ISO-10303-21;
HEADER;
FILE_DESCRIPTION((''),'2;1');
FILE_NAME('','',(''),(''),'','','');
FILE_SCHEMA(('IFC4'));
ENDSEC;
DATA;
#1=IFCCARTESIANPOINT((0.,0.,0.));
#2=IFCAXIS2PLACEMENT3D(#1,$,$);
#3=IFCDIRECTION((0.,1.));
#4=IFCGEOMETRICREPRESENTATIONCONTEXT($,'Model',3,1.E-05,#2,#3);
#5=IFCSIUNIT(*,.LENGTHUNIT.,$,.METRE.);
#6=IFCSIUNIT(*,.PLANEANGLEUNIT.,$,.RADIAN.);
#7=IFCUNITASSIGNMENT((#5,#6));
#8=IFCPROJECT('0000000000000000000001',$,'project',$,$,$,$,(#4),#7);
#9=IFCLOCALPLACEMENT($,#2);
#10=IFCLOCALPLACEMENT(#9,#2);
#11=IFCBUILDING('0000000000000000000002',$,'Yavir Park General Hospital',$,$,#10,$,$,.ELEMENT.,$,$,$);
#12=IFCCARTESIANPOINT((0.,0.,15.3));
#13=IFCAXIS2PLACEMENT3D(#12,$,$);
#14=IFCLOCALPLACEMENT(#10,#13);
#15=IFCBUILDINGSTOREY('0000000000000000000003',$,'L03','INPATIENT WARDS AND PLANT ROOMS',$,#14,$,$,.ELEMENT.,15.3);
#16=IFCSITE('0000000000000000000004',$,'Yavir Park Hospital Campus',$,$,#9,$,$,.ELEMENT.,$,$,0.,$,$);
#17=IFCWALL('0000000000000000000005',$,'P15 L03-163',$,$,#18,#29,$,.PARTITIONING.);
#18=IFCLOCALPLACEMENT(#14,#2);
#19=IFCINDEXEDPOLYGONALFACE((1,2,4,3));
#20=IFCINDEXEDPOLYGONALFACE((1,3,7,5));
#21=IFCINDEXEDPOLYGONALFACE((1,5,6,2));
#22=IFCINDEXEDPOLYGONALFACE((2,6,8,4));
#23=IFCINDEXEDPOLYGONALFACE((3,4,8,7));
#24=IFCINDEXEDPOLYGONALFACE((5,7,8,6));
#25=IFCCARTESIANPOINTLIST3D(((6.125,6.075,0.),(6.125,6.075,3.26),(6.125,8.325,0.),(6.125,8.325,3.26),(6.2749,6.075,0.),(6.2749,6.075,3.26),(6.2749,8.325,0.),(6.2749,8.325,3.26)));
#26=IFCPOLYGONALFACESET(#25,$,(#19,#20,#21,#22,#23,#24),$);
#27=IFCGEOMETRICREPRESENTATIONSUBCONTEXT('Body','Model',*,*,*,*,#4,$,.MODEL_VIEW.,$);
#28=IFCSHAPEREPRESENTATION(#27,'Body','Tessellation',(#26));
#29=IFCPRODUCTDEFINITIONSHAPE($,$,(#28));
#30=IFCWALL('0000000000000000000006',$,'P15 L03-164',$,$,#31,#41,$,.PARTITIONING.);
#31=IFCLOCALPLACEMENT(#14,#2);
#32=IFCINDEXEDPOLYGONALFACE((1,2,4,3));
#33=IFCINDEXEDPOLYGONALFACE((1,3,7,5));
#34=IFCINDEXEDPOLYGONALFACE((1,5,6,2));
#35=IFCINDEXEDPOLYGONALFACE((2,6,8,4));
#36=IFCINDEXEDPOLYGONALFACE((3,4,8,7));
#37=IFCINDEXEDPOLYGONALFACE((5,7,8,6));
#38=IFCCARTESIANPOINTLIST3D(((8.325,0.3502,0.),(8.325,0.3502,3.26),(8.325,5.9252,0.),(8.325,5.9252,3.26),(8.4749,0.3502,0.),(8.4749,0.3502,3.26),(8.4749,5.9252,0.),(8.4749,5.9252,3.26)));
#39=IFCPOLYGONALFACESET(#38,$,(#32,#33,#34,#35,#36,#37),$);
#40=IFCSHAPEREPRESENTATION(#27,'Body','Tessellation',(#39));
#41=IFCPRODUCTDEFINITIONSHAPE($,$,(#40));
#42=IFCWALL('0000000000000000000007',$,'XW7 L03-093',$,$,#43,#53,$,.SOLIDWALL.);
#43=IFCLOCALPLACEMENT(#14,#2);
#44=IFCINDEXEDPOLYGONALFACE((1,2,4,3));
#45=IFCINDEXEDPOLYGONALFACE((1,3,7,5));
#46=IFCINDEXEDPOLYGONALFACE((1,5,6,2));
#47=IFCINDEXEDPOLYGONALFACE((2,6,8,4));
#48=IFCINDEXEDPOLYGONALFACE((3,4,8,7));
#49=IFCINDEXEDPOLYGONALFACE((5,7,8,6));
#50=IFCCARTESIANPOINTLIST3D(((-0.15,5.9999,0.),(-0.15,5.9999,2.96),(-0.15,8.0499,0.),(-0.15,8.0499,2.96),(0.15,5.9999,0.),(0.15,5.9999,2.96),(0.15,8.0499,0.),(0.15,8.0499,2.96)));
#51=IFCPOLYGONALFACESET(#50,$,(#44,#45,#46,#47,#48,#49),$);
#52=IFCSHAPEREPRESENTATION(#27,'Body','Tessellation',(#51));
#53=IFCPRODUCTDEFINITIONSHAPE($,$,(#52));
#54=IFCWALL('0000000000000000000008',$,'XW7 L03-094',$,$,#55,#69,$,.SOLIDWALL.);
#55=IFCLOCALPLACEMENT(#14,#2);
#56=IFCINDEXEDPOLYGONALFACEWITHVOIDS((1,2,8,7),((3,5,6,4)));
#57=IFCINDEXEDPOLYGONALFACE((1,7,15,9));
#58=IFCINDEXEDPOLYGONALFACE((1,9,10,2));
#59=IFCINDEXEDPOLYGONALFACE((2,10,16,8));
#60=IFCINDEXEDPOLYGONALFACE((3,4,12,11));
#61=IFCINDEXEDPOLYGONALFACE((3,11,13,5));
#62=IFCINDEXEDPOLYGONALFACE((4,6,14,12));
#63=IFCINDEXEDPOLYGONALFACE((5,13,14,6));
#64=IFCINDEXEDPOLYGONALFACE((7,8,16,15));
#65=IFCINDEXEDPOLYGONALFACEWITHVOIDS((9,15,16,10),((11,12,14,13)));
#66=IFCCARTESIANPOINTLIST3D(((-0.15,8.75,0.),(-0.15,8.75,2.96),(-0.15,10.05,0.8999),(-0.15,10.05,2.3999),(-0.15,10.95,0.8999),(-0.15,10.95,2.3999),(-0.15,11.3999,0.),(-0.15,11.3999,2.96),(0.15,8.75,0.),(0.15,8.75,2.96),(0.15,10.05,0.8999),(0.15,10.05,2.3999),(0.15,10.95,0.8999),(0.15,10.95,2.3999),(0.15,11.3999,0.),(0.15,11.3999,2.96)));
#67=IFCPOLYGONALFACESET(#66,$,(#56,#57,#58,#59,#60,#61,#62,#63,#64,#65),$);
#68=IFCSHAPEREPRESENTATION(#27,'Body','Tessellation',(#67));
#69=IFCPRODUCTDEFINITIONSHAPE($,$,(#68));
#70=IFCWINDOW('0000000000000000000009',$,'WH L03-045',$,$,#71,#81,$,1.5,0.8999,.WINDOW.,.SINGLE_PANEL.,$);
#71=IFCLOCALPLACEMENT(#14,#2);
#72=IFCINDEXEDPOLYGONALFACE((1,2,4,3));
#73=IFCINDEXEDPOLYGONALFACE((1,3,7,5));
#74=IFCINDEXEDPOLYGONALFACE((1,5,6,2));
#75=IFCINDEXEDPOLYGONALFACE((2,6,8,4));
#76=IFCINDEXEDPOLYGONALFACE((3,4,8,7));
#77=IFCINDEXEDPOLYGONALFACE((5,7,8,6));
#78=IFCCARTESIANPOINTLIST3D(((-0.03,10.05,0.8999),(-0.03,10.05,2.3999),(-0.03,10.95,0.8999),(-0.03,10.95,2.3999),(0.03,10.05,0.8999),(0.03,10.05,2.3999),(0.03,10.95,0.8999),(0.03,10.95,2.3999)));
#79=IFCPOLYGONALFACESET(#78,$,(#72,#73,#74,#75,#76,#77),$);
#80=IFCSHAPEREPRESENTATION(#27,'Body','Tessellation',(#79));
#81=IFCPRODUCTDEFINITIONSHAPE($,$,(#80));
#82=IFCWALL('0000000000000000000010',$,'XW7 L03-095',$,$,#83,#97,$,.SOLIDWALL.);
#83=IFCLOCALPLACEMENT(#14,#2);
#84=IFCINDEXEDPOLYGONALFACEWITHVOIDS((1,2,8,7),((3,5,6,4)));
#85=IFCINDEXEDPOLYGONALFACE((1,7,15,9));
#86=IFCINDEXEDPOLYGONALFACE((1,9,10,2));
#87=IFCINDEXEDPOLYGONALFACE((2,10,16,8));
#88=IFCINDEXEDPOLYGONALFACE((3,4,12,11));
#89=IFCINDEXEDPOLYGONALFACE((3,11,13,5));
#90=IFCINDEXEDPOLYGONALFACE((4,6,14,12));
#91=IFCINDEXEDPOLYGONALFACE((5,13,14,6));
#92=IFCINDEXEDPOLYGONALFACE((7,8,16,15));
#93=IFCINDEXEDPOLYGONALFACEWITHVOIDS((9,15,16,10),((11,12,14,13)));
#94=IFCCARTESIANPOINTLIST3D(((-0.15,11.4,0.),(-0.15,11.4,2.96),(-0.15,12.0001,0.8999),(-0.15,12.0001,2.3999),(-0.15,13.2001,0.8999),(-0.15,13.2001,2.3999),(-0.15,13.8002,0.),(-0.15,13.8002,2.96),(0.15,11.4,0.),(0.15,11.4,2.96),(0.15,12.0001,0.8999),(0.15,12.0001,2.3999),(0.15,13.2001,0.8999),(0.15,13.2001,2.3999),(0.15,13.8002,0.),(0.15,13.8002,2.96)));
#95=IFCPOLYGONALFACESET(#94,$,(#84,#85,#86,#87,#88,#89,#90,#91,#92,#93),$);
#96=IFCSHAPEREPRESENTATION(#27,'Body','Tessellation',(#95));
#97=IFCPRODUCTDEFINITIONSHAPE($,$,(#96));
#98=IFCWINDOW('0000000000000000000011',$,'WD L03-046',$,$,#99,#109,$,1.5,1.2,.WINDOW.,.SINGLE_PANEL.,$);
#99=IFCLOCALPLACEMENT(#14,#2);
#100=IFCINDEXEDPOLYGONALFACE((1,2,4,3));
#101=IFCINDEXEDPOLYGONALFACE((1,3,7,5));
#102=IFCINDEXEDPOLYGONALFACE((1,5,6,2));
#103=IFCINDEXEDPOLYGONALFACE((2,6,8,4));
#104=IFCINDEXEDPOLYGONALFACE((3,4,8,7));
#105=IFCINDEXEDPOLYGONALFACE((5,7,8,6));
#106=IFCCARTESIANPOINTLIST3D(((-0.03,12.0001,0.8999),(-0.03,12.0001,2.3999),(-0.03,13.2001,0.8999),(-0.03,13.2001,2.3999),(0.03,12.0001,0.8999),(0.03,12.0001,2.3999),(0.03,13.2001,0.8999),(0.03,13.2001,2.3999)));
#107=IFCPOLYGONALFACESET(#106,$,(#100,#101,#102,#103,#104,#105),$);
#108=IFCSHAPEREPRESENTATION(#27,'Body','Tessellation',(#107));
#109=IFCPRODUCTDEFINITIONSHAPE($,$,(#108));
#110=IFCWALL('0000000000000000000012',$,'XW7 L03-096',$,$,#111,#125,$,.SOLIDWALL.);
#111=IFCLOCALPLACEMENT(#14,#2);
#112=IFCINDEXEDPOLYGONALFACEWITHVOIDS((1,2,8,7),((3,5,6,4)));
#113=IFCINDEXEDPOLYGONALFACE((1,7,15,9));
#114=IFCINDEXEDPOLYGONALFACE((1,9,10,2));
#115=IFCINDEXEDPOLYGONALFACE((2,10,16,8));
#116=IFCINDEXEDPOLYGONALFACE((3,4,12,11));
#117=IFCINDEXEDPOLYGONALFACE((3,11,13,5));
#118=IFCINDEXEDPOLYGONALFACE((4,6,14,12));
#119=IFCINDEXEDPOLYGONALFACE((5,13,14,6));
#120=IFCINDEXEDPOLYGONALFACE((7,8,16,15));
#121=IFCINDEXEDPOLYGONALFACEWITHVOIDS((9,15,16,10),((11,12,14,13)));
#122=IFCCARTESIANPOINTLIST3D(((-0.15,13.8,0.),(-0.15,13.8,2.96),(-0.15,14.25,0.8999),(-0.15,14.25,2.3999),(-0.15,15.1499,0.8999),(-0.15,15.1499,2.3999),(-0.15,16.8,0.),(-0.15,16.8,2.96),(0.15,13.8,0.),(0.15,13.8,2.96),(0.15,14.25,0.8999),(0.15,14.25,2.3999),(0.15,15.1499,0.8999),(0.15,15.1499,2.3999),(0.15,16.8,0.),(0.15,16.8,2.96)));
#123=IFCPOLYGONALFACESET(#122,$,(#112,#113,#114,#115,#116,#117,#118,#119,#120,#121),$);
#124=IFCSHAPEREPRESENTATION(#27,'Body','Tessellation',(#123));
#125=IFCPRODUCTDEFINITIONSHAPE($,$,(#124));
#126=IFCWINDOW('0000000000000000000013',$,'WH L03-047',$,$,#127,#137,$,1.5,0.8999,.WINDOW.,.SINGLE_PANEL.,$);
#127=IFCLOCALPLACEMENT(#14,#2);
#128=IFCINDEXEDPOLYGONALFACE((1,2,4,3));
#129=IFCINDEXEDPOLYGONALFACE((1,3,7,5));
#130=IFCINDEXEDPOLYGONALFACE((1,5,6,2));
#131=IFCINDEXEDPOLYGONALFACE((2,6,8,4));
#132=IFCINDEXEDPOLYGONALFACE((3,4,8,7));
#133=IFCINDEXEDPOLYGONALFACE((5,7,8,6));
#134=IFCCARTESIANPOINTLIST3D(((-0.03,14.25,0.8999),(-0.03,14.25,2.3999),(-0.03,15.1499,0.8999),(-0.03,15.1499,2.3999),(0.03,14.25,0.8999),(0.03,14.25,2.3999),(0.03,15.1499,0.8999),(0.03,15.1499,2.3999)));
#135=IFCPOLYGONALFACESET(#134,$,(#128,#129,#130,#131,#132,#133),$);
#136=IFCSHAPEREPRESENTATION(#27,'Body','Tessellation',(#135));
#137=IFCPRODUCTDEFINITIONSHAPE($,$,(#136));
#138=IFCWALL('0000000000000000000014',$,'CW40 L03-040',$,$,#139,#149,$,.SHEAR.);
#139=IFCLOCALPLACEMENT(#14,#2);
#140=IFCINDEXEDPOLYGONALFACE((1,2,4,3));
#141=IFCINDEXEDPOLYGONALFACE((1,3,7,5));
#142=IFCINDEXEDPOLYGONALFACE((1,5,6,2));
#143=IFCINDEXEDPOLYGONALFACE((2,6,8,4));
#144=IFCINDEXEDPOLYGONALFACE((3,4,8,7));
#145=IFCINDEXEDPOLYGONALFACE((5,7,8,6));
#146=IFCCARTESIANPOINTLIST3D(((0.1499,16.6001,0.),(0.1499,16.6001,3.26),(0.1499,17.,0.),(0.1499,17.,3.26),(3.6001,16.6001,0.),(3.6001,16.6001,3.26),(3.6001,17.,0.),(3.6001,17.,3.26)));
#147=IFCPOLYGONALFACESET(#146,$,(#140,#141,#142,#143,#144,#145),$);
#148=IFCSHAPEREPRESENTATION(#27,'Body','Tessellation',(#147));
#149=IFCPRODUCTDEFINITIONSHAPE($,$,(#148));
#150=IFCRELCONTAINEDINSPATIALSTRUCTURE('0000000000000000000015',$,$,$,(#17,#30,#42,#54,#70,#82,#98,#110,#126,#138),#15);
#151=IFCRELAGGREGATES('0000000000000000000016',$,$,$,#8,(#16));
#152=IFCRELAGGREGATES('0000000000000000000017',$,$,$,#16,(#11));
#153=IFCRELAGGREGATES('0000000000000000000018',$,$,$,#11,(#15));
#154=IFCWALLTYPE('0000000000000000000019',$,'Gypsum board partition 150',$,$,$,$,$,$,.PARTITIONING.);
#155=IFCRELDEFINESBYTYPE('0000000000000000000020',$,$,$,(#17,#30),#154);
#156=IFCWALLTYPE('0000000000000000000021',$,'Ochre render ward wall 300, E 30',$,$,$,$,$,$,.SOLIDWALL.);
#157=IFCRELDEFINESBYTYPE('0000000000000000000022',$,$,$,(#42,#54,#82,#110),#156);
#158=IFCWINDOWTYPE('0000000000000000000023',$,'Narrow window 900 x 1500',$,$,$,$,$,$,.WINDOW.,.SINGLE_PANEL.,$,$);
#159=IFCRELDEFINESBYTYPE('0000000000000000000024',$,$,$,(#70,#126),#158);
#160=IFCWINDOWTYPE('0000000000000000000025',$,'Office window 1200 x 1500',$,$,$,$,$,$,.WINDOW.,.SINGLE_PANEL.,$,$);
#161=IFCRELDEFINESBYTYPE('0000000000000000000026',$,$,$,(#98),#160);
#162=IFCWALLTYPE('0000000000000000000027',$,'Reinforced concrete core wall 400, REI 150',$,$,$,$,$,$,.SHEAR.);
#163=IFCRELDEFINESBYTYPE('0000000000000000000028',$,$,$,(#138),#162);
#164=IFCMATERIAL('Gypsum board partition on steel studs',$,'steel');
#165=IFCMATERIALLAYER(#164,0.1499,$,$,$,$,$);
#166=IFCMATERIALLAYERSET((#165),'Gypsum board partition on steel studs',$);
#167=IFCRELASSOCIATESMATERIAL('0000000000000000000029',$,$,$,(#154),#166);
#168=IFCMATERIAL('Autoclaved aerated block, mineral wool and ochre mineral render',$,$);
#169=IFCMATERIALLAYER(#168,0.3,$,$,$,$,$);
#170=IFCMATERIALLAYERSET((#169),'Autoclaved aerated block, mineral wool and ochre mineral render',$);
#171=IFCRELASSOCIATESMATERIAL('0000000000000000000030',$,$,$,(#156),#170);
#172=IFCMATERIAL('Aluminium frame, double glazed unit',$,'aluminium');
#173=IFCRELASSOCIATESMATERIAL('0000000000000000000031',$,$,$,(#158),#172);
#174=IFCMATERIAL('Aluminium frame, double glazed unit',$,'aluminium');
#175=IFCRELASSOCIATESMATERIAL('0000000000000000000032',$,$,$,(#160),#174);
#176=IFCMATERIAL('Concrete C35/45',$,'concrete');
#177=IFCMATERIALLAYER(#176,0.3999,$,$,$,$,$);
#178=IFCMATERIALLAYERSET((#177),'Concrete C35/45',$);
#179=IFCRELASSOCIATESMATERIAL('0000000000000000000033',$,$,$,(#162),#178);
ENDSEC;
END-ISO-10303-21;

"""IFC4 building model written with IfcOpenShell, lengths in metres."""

from ifc_helpers import new_model, si_unit, direction, frame, frame_2d, origin, place, context, subcontext, project, spatial, rectangle, extrude, material, layer, layer_set, type_object, element, fill, save


model = new_model("IFC4")

# Units and contexts
model_context = context("Model", 3, precision=1e-05, world=origin(), true_north=direction((0.0, 1.0)))
body_context = subcontext(model_context, "Body", "Model", "MODEL_VIEW")
ifc_project = project(units=[si_unit("LENGTHUNIT", "METRE"), si_unit("PLANEANGLEUNIT", "RADIAN")], contexts=[model_context])

# Site, building, storey
site_placement = place(None, origin())
site = spatial("IfcSite", under=ifc_project, at=site_placement, Name="Yavir Park Hospital Campus", CompositionType="ELEMENT", RefElevation=0.0)
building_placement = place(site_placement, origin())
building = spatial("IfcBuilding", under=site, at=building_placement, Name="Yavir Park General Hospital", CompositionType="ELEMENT")
storey_placement = place(building_placement, frame((0.0, 0.0, 15.3)))
storey = spatial("IfcBuildingStorey", under=building, at=storey_placement, Name="L03", Description="INPATIENT WARDS AND PLANT ROOMS", CompositionType="ELEMENT", Elevation=15.3)

# Shared definitions
ifc_material_1 = material(Name="Gypsum board partition on steel studs", Category="steel")
ifc_layer_1 = layer(ifc_material_1, 0.1499)
ifc_layer_set_1 = layer_set([ifc_layer_1], Name="Gypsum board partition on steel studs")
wall_type_1 = type_object("IfcWallType", Name="Gypsum board partition 150", PredefinedType="PARTITIONING", material=ifc_layer_set_1)

# Walls
for number, where, z_axis, x_axis, name in (
    (1, (6.2, 6.075, 0.0), (0.0, 0.0, 1.0), (0.0, 1.0, 0.0), "P15 L03-163"),
):
    element("IfcWall", number, at=place(storey_placement, frame(where, z_axis=z_axis, x_axis=x_axis)), inside=storey, type_object=wall_type_1, Name=name, PredefinedType="PARTITIONING", context=body_context, shape_type="SweptSolid", body=[
        extrude(rectangle(XDim=2.25, YDim=0.1499, at=frame_2d((1.125, 0.0))), origin(), (0.0, 0.0, 1.0), 3.26),
    ])
wall_1_placement = place(storey_placement, frame((8.3999, 0.3501, 0.0), z_axis=(0.0, 0.0, 1.0), x_axis=(0.0, 1.0, 0.0)))
element("IfcWall", 2, at=wall_1_placement, inside=storey, type_object=wall_type_1, Name="P15 L03-164", PredefinedType="PARTITIONING", context=body_context, shape_type="SweptSolid", body=[
    extrude(rectangle(XDim=5.575, YDim=0.1499, at=frame_2d((2.7876, 0.0))), origin(), (0.0, 0.0, 1.0), 3.26),
])
ifc_material_2 = material(Name="Autoclaved aerated block, mineral wool and ochre mineral render")
ifc_layer_2 = layer(ifc_material_2, 0.3)
ifc_layer_set_2 = layer_set([ifc_layer_2], Name="Autoclaved aerated block, mineral wool and ochre mineral render")
wall_type_2 = type_object("IfcWallType", Name="Ochre render ward wall 300, E 30", PredefinedType="SOLIDWALL", material=ifc_layer_set_2)
wall_2_placement = place(storey_placement, frame((0.0, 6.0, 0.0), z_axis=(0.0, 0.0, 1.0), x_axis=(0.0, 1.0, 0.0)))
element("IfcWall", 3, at=wall_2_placement, inside=storey, type_object=wall_type_2, Name="XW7 L03-093", PredefinedType="SOLIDWALL", context=body_context, shape_type="SweptSolid", body=[
    extrude(rectangle(XDim=2.05, YDim=0.3, at=frame_2d((1.0249, 0.0))), origin(), (0.0, 0.0, 1.0), 2.96),
])

# Walls, openings, windows
wall_3_placement = place(storey_placement, frame((0.0, 8.75, 0.0), z_axis=(0.0, 0.0, 1.0), x_axis=(0.0, 1.0, 0.0)))
wall_3 = element("IfcWall", 4, at=wall_3_placement, inside=storey, type_object=wall_type_2, Name="XW7 L03-094", PredefinedType="SOLIDWALL", context=body_context, shape_type="SweptSolid", body=[
    extrude(rectangle(XDim=2.6499, YDim=0.3, at=frame_2d((1.325, 0.0))), origin(), (0.0, 0.0, 1.0), 2.96),
])
opening_1_placement = place(wall_3_placement, frame((1.3, 0.0, 0.8999)))
opening_1 = element("IfcOpeningElement", 5, at=opening_1_placement, cuts=wall_3, PredefinedType="OPENING", context=body_context, shape_type="SweptSolid", body=[
    extrude(rectangle(XDim=0.8999, YDim=1.5, at=frame_2d((0.45, 0.75))), frame((0.0, 0.1599, 0.0), z_axis=(0.0, -1.0, 0.0), x_axis=(1.0, 0.0, 0.0)), (0.0, 0.0, 1.0), 0.3201),
])
ifc_material_3 = material(Name="Aluminium frame, double glazed unit", Category="aluminium")
window_type_1 = type_object("IfcWindowType", Name="Narrow window 900 x 1500", PartitioningType="SINGLE_PANEL", PredefinedType="WINDOW", material=ifc_material_3)
window_1_placement = place(opening_1_placement, origin())
window_1 = element("IfcWindow", 6, at=window_1_placement, inside=storey, type_object=window_type_1, Name="WH L03-045", OverallHeight=1.5, OverallWidth=0.8999, PartitioningType="SINGLE_PANEL", PredefinedType="WINDOW", context=body_context, shape_type="SweptSolid", body=[
    extrude(rectangle(XDim=0.8999, YDim=1.5, at=frame_2d((0.45, 0.75))), frame((0.0, 0.03, 0.0), z_axis=(0.0, -1.0, 0.0), x_axis=(1.0, 0.0, 0.0)), (0.0, 0.0, 1.0), 0.0601),
])
fill(opening_1, window_1)
wall_4_placement = place(storey_placement, frame((0.0, 11.3999, 0.0), z_axis=(0.0, 0.0, 1.0), x_axis=(0.0, 1.0, 0.0)))
wall_4 = element("IfcWall", 7, at=wall_4_placement, inside=storey, type_object=wall_type_2, Name="XW7 L03-095", PredefinedType="SOLIDWALL", context=body_context, shape_type="SweptSolid", body=[
    extrude(rectangle(XDim=2.4001, YDim=0.3, at=frame_2d((1.2002, 0.0))), origin(), (0.0, 0.0, 1.0), 2.96),
])
opening_2_placement = place(wall_4_placement, frame((0.6001, 0.0, 0.8999)))
opening_2 = element("IfcOpeningElement", 8, at=opening_2_placement, cuts=wall_4, PredefinedType="OPENING", context=body_context, shape_type="SweptSolid", body=[
    extrude(rectangle(XDim=1.2, YDim=1.5, at=frame_2d((0.6001, 0.75))), frame((0.0, 0.1599, 0.0), z_axis=(0.0, -1.0, 0.0), x_axis=(1.0, 0.0, 0.0)), (0.0, 0.0, 1.0), 0.3201),
])
ifc_material_4 = material(Name="Aluminium frame, double glazed unit", Category="aluminium")
window_type_2 = type_object("IfcWindowType", Name="Office window 1200 x 1500", PartitioningType="SINGLE_PANEL", PredefinedType="WINDOW", material=ifc_material_4)
window_2_placement = place(opening_2_placement, origin())
window_2 = element("IfcWindow", 9, at=window_2_placement, inside=storey, type_object=window_type_2, Name="WD L03-046", OverallHeight=1.5, OverallWidth=1.2, PartitioningType="SINGLE_PANEL", PredefinedType="WINDOW", context=body_context, shape_type="SweptSolid", body=[
    extrude(rectangle(XDim=1.2, YDim=1.5, at=frame_2d((0.6001, 0.75))), frame((0.0, 0.03, 0.0), z_axis=(0.0, -1.0, 0.0), x_axis=(1.0, 0.0, 0.0)), (0.0, 0.0, 1.0), 0.0601),
])
fill(opening_2, window_2)
wall_5_placement = place(storey_placement, frame((0.0, 13.8, 0.0), z_axis=(0.0, 0.0, 1.0), x_axis=(0.0, 1.0, 0.0)))
wall_5 = element("IfcWall", 10, at=wall_5_placement, inside=storey, type_object=wall_type_2, Name="XW7 L03-096", PredefinedType="SOLIDWALL", context=body_context, shape_type="SweptSolid", body=[
    extrude(rectangle(XDim=3.0, YDim=0.3, at=frame_2d((1.5, 0.0))), origin(), (0.0, 0.0, 1.0), 2.96),
])
opening_3_placement = place(wall_5_placement, frame((0.45, 0.0, 0.8999)))
opening_3 = element("IfcOpeningElement", 11, at=opening_3_placement, cuts=wall_5, PredefinedType="OPENING", context=body_context, shape_type="SweptSolid", body=[
    extrude(rectangle(XDim=0.8999, YDim=1.5, at=frame_2d((0.45, 0.75))), frame((0.0, 0.1599, 0.0), z_axis=(0.0, -1.0, 0.0), x_axis=(1.0, 0.0, 0.0)), (0.0, 0.0, 1.0), 0.3201),
])
window_3_placement = place(opening_3_placement, origin())
window_3 = element("IfcWindow", 12, at=window_3_placement, inside=storey, type_object=window_type_1, Name="WH L03-047", OverallHeight=1.5, OverallWidth=0.8999, PartitioningType="SINGLE_PANEL", PredefinedType="WINDOW", context=body_context, shape_type="SweptSolid", body=[
    extrude(rectangle(XDim=0.8999, YDim=1.5, at=frame_2d((0.45, 0.75))), frame((0.0, 0.03, 0.0), z_axis=(0.0, -1.0, 0.0), x_axis=(1.0, 0.0, 0.0)), (0.0, 0.0, 1.0), 0.0601),
])
fill(opening_3, window_3)

# Wall
ifc_material_5 = material(Name="Concrete C35/45", Category="concrete")
ifc_layer_3 = layer(ifc_material_5, 0.3999)
ifc_layer_set_3 = layer_set([ifc_layer_3], Name="Concrete C35/45")
wall_type_3 = type_object("IfcWallType", Name="Reinforced concrete core wall 400, REI 150", PredefinedType="SHEAR", material=ifc_layer_set_3)
wall_6_placement = place(storey_placement, frame((0.1499, 16.8, 0.0), z_axis=(0.0, 0.0, 1.0), x_axis=(1.0, 0.0, 0.0)))
element("IfcWall", 13, at=wall_6_placement, inside=storey, type_object=wall_type_3, Name="CW40 L03-040", PredefinedType="SHEAR", context=body_context, shape_type="SweptSolid", body=[
    extrude(rectangle(XDim=3.4502, YDim=0.3999, at=frame_2d((1.7251, 0.0))), origin(), (0.0, 0.0, 1.0), 3.26),
])

save(model, "model.ifc")
